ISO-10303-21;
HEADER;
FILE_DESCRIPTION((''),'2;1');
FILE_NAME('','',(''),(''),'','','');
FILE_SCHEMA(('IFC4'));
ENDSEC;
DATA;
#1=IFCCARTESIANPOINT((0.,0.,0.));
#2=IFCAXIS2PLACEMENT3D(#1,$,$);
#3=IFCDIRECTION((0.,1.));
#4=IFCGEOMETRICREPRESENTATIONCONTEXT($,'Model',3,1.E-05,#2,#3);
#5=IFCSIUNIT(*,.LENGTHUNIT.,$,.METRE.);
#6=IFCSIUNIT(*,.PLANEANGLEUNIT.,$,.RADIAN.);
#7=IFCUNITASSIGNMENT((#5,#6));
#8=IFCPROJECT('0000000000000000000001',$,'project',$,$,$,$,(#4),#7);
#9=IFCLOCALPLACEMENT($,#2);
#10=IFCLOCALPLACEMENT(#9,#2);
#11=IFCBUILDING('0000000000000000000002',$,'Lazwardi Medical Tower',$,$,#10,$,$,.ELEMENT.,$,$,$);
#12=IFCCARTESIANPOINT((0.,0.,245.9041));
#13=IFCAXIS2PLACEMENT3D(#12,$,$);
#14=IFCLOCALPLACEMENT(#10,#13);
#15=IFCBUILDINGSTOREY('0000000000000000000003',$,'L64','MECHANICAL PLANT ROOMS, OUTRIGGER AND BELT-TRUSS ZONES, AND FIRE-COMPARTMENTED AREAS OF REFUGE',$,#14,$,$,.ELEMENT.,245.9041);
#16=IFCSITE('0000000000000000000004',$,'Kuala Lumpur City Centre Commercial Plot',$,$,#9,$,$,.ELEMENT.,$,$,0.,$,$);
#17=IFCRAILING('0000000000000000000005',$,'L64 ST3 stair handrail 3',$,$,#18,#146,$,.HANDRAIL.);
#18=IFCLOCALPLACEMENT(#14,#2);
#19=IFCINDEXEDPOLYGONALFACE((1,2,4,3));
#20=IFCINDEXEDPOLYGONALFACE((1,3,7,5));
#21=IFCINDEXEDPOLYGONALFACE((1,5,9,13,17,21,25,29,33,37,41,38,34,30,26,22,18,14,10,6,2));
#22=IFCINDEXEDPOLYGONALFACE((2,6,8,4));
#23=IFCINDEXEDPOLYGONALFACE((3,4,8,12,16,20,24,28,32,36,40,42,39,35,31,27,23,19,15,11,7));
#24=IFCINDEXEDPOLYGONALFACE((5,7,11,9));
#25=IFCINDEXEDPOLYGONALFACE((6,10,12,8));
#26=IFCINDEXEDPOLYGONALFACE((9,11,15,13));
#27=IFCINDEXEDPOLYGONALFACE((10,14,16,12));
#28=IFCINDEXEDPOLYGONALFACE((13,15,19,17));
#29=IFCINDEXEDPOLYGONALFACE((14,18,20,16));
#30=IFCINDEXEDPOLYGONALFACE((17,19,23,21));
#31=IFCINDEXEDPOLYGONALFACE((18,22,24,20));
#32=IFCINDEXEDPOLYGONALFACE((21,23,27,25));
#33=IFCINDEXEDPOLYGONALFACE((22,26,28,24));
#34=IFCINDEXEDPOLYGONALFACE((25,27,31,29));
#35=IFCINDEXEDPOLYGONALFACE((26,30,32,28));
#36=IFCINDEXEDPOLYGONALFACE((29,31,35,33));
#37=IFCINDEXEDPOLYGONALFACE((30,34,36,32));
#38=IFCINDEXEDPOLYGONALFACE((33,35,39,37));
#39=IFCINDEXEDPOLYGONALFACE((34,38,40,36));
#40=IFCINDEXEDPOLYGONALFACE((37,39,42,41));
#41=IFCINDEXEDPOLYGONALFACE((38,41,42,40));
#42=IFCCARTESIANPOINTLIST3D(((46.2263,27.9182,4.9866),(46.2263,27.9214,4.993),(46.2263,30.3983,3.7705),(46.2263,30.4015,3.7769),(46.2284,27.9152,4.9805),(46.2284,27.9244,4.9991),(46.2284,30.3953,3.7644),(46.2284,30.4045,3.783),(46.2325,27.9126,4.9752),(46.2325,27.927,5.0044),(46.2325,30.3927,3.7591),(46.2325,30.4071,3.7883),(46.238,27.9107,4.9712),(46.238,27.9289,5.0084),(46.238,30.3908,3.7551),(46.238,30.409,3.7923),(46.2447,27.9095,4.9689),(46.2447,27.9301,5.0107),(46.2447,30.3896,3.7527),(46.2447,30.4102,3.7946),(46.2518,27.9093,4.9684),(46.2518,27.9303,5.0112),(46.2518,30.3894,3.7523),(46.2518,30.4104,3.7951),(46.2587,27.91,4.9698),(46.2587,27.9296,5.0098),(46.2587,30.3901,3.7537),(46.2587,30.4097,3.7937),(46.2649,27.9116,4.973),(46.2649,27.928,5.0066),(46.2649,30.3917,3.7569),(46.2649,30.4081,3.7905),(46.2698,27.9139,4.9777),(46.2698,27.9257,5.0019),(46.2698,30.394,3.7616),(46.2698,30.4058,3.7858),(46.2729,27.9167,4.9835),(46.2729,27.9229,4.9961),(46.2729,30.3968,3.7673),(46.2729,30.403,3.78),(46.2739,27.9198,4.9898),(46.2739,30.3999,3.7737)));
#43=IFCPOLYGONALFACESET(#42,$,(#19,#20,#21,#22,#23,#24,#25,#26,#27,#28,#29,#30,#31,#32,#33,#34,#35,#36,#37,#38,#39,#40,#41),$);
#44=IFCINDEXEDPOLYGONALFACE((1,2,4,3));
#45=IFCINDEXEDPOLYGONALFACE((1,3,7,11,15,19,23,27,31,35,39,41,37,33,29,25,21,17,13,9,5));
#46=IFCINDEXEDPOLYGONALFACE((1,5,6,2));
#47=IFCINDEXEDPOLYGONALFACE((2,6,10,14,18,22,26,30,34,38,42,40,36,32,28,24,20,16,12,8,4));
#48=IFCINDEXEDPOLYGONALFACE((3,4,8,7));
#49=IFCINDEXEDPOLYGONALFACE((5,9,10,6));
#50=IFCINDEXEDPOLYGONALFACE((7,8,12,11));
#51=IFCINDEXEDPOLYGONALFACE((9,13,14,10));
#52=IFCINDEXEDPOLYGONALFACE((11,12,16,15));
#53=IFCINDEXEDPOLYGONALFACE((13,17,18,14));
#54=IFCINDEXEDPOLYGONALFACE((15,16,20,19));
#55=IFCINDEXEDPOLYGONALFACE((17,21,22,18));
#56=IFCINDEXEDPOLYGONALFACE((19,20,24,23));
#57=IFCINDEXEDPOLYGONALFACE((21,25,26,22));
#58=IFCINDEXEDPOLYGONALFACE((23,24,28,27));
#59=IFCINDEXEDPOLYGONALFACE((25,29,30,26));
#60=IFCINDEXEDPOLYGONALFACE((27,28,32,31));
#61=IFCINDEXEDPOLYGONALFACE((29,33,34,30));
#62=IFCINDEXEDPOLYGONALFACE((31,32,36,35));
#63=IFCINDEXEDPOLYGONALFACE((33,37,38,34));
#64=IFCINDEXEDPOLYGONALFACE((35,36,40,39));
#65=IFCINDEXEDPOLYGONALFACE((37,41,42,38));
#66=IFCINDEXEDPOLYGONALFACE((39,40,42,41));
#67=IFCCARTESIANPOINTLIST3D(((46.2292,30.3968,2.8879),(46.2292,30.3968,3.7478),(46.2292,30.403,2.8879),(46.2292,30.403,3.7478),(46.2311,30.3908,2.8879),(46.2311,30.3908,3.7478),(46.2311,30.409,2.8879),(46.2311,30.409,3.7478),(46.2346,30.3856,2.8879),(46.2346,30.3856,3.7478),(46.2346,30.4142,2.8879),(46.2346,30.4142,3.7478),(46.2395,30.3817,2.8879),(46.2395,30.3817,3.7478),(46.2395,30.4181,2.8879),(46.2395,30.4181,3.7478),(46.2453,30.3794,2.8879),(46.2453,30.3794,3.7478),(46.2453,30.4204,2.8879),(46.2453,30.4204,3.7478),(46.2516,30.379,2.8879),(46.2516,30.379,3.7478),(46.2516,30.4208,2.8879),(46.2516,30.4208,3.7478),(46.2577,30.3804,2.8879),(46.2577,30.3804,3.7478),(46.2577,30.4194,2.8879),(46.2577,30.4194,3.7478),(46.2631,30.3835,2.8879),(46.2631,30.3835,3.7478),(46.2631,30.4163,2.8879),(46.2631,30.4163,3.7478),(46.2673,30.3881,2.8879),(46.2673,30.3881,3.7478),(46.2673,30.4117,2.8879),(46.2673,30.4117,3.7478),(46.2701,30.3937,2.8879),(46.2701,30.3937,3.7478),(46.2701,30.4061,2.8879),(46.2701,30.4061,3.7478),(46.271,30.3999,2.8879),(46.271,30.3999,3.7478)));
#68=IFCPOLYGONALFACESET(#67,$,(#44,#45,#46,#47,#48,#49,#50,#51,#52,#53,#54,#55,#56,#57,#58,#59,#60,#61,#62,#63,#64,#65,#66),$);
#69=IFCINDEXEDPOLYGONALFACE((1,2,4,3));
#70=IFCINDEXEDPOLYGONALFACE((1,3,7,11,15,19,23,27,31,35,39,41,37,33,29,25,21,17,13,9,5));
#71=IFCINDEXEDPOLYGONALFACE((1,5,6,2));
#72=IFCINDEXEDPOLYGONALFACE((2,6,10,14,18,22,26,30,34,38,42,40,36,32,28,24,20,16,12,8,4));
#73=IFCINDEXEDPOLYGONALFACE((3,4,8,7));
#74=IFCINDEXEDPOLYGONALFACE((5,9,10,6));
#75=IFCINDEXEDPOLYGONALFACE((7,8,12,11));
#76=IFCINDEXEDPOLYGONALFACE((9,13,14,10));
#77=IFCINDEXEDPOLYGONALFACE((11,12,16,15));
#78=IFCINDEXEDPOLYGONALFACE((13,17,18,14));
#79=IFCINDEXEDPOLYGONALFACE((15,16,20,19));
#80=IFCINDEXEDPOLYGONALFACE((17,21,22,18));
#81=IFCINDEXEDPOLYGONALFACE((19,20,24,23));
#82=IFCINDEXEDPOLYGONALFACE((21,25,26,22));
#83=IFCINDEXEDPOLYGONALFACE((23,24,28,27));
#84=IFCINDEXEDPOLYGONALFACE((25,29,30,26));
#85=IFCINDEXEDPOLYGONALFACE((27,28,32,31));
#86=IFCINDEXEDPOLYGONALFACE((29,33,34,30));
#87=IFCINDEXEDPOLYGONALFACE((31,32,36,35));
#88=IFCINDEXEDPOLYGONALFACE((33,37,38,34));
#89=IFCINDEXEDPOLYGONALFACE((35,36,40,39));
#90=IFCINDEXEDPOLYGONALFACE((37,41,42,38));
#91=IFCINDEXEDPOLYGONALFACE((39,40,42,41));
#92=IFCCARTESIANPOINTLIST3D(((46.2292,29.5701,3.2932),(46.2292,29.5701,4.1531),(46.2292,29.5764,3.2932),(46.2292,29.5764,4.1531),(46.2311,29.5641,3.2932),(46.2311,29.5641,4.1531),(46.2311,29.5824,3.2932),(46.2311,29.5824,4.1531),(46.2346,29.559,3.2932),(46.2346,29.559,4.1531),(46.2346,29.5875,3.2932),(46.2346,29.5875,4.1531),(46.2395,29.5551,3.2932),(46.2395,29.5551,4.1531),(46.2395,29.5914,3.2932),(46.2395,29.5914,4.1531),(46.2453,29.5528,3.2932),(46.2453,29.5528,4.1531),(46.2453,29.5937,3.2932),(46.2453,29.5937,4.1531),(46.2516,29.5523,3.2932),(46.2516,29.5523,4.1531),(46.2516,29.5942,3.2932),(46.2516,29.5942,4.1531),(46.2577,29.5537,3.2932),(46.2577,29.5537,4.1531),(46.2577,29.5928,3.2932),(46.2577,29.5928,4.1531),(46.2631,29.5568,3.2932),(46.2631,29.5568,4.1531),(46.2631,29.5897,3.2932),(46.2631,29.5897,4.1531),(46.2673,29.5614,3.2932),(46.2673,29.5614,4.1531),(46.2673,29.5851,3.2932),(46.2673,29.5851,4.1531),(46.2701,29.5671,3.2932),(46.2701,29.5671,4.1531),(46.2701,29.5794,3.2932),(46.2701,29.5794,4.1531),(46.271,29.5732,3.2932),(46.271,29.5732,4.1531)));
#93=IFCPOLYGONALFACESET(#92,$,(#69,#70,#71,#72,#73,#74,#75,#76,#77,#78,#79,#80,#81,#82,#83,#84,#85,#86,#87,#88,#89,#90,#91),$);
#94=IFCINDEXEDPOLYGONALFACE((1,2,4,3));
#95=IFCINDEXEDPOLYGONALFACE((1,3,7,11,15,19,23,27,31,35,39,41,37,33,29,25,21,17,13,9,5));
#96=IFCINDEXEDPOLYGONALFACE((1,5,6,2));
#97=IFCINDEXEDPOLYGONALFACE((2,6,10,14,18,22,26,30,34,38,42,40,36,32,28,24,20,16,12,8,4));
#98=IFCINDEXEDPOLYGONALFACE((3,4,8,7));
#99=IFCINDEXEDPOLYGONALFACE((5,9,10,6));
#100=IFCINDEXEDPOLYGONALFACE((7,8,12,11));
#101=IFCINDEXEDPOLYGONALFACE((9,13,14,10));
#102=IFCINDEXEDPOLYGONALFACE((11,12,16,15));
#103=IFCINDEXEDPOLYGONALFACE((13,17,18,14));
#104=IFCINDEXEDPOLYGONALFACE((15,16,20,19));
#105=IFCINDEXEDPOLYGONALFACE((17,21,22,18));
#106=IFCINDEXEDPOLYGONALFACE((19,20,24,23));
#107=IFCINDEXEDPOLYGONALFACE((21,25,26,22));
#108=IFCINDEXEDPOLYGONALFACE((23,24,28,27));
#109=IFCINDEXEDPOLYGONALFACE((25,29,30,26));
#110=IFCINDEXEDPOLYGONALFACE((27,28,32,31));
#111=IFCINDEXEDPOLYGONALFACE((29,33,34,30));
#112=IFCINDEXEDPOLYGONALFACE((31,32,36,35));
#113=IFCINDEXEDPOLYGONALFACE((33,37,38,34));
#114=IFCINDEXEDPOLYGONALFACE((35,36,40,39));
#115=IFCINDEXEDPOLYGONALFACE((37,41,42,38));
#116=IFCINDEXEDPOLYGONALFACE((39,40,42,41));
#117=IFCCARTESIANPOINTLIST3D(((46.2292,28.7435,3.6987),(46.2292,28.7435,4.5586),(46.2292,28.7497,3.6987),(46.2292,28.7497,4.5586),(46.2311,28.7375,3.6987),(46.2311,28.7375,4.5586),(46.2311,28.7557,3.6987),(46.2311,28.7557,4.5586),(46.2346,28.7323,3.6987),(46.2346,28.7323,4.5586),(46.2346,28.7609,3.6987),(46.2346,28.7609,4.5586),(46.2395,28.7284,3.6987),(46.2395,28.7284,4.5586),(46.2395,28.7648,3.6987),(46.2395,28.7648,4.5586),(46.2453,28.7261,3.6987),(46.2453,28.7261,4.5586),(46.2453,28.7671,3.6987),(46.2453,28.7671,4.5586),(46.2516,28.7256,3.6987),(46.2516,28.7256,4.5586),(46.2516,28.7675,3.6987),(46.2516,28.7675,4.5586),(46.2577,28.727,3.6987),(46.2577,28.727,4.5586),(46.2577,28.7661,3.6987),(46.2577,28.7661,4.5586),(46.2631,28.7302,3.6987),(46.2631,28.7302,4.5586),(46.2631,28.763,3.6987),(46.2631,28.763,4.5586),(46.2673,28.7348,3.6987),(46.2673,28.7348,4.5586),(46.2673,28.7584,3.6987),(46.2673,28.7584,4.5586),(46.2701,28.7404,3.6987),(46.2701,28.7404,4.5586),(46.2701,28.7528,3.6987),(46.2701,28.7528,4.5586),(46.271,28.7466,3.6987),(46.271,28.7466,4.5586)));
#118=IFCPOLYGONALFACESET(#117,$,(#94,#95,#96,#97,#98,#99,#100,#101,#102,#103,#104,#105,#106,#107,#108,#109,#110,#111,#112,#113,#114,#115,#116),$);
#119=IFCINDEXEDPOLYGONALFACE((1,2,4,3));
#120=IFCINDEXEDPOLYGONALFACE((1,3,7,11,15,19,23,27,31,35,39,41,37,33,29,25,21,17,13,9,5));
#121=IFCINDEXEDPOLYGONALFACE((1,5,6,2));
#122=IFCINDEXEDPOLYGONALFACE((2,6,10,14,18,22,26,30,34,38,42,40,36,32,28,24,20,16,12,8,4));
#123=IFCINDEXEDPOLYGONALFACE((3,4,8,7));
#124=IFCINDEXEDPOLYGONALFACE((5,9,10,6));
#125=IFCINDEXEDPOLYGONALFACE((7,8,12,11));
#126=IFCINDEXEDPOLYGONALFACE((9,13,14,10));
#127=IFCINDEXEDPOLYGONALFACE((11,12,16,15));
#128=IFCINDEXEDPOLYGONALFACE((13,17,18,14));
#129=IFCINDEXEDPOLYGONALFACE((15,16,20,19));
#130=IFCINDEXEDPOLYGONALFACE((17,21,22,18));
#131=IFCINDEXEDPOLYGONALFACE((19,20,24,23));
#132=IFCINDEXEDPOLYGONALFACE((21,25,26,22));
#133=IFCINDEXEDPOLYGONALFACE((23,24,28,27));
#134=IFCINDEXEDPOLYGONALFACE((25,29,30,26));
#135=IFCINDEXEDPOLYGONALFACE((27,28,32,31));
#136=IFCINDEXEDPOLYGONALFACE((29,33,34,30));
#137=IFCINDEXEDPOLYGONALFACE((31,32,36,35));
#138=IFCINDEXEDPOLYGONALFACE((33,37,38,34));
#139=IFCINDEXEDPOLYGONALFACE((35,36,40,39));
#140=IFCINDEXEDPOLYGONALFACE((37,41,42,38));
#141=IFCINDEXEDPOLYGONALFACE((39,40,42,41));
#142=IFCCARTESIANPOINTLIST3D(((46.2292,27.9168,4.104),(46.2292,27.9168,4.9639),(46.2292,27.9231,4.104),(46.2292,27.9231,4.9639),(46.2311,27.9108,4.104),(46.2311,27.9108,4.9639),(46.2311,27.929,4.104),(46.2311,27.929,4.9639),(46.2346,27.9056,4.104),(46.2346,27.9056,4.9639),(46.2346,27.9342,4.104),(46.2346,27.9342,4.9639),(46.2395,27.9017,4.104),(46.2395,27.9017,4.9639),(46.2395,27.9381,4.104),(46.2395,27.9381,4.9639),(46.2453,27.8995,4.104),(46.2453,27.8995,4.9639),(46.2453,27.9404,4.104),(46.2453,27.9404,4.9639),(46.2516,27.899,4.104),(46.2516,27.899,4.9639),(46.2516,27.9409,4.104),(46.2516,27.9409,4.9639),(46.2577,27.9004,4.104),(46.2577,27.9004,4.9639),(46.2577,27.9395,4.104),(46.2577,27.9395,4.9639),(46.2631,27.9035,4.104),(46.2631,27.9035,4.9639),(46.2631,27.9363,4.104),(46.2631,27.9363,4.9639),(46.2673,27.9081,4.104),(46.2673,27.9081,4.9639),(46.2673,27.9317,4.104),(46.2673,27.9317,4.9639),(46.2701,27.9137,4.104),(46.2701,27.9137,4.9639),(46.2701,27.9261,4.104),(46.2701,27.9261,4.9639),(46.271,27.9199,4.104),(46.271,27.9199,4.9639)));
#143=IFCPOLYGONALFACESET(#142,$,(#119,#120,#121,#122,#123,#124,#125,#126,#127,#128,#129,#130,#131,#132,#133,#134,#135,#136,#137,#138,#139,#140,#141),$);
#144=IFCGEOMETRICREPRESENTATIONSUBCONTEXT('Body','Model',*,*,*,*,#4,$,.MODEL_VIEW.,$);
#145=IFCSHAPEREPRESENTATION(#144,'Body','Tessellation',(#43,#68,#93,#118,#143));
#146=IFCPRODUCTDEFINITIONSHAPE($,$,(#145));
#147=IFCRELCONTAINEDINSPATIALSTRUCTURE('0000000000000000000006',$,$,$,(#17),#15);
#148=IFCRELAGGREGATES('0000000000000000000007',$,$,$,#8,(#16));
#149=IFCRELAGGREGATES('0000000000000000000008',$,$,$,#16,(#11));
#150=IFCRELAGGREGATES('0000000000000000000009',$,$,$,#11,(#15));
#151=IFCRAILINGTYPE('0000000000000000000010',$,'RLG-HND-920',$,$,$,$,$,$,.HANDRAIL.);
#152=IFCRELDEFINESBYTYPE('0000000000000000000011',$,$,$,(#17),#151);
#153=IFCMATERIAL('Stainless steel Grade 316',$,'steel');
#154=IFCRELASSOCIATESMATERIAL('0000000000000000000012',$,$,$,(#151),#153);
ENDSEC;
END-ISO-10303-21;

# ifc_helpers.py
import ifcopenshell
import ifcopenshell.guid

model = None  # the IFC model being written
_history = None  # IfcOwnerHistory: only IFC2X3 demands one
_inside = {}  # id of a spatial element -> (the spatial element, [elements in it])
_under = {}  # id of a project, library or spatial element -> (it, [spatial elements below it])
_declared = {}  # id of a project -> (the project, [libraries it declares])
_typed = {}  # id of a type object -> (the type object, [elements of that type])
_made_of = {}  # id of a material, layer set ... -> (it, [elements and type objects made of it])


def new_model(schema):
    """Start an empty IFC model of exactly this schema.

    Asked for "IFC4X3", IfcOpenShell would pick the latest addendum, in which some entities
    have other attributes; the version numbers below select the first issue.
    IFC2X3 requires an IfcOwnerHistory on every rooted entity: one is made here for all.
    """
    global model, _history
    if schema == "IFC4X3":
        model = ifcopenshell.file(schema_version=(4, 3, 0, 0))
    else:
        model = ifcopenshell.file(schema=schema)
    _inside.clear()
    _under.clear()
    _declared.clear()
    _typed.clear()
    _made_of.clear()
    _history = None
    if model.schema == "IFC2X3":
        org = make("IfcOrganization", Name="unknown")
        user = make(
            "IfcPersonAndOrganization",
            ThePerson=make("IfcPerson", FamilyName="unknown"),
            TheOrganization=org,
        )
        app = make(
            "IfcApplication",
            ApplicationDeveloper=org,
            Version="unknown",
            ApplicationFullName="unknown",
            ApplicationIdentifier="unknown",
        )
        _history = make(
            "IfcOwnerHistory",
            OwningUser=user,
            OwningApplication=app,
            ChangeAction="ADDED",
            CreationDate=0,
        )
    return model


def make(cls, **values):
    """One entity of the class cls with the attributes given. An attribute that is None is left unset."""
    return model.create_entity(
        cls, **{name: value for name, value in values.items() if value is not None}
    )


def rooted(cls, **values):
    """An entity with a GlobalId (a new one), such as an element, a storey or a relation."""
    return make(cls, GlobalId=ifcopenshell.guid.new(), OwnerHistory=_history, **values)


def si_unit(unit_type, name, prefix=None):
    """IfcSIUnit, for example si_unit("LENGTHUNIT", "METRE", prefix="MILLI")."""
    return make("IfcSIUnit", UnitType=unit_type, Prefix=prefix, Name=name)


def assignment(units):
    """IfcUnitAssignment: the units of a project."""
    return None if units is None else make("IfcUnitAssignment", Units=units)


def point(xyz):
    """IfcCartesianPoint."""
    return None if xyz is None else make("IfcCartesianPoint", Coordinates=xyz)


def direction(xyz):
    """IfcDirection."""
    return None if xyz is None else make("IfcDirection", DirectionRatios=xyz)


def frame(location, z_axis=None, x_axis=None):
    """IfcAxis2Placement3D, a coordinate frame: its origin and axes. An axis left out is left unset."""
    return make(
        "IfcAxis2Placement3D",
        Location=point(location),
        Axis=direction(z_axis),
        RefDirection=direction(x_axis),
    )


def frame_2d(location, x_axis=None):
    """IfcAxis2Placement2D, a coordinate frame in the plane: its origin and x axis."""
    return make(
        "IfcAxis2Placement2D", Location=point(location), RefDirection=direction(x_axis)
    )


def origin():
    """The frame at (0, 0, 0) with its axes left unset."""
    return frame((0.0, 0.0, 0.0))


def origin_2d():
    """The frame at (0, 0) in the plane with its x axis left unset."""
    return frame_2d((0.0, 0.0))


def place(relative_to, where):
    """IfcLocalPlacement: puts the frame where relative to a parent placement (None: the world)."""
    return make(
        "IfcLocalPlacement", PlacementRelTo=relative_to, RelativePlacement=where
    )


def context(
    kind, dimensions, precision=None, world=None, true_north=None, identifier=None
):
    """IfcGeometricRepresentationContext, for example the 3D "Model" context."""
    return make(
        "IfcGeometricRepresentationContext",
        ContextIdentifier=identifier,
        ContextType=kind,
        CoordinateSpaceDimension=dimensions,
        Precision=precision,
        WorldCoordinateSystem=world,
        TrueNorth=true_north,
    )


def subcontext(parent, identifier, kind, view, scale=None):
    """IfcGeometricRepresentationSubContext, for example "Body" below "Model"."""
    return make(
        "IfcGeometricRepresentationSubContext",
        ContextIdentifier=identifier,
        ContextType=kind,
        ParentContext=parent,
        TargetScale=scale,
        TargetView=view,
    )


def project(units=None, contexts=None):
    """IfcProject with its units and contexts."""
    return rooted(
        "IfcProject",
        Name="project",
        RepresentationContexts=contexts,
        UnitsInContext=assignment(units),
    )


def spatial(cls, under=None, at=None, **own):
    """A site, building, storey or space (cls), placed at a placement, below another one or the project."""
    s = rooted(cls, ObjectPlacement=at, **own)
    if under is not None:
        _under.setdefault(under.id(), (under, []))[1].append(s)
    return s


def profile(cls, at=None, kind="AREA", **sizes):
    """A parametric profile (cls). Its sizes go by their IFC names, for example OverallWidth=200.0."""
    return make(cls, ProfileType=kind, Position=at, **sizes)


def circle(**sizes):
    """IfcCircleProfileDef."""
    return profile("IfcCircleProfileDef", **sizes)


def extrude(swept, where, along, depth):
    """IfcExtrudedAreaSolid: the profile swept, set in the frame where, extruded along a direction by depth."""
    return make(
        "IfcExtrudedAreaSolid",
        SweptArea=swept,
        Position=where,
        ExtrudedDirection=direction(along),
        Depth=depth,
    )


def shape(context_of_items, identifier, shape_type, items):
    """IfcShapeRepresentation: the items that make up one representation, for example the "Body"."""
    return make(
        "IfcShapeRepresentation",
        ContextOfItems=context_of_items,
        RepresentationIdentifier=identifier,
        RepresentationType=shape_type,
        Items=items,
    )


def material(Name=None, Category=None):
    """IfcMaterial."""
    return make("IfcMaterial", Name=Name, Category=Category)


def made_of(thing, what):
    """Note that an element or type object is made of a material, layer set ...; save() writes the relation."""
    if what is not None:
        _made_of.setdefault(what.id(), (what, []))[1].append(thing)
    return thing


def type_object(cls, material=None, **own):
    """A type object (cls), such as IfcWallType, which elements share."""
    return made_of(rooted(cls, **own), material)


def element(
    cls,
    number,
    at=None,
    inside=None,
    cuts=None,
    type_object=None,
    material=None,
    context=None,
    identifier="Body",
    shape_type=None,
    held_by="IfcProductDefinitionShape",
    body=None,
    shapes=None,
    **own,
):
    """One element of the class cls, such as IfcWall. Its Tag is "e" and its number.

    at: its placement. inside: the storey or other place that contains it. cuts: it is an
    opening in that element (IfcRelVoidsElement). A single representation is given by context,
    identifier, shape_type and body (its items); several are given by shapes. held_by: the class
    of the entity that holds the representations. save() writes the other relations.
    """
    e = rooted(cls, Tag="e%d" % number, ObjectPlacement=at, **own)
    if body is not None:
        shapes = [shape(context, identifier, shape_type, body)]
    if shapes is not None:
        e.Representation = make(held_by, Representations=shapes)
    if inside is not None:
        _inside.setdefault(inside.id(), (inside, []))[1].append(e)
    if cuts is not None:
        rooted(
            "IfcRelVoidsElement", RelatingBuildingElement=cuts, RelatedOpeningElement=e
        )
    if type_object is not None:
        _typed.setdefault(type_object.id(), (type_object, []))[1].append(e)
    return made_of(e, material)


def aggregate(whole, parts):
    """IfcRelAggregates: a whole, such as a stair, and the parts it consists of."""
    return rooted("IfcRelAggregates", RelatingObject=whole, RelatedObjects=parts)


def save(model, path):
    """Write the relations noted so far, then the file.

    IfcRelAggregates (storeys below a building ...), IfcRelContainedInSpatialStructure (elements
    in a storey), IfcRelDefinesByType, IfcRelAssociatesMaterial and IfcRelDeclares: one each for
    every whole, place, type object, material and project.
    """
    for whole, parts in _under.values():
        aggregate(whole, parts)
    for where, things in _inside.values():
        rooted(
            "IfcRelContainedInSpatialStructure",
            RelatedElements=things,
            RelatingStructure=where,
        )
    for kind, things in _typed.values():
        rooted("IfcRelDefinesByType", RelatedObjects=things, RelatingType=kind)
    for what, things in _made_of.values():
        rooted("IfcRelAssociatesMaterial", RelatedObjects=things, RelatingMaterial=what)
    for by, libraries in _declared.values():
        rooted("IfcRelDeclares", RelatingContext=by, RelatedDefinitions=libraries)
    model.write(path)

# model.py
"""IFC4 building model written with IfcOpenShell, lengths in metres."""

from ifc_helpers import new_model, si_unit, direction, frame, origin, origin_2d, place, context, subcontext, project, spatial, circle, extrude, material, type_object, element, save


model = new_model("IFC4")

# Units and contexts
model_context = context("Model", 3, precision=1e-05, world=origin(), true_north=direction((0.0, 1.0)))
body_context = subcontext(model_context, "Body", "Model", "MODEL_VIEW")
ifc_project = project(units=[si_unit("LENGTHUNIT", "METRE"), si_unit("PLANEANGLEUNIT", "RADIAN")], contexts=[model_context])

# Site, building, storey
site_placement = place(None, origin())
site = spatial("IfcSite", under=ifc_project, at=site_placement, Name="Kuala Lumpur City Centre Commercial Plot", CompositionType="ELEMENT", RefElevation=0.0)
building_placement = place(site_placement, origin())
building = spatial("IfcBuilding", under=site, at=building_placement, Name="Lazwardi Medical Tower", CompositionType="ELEMENT")
storey_placement = place(building_placement, frame((0.0, 0.0, 245.9041)))
storey = spatial("IfcBuildingStorey", under=building, at=storey_placement, Name="L64", Description="MECHANICAL PLANT ROOMS, OUTRIGGER AND BELT-TRUSS ZONES, AND FIRE-COMPARTMENTED AREAS OF REFUGE", CompositionType="ELEMENT", Elevation=245.9041)

# Railing
ifc_material_1 = material(Name="Stainless steel Grade 316", Category="steel")
railing_type_1 = type_object("IfcRailingType", Name="RLG-HND-920", PredefinedType="HANDRAIL", material=ifc_material_1)
for number, where, name in (
    (1, (46.25, 30.3999, 2.8879), "L64 ST3 stair handrail 3"),
):
    element("IfcRailing", number, at=place(storey_placement, frame(where)), inside=storey, type_object=railing_type_1, Name=name, PredefinedType="HANDRAIL", context=body_context, shape_type="SweptSolid", body=[
        extrude(circle(Radius=0.0239, at=origin_2d()), frame((0.0, 0.0, 0.8857), z_axis=(0.0, -0.897865, 0.44027), x_axis=(1.0, 0.0, 0.0)), (0.0, 0.0, 1.0), 2.7622),
        extrude(circle(Radius=0.021, at=origin_2d()), origin(), (0.0, 0.0, 1.0), 0.8599),
        extrude(circle(Radius=0.021, at=origin_2d()), frame((0.0, -0.8267, 0.4053)), (0.0, 0.0, 1.0), 0.8599),
        extrude(circle(Radius=0.021, at=origin_2d()), frame((0.0, -1.6533, 0.8108)), (0.0, 0.0, 1.0), 0.8599),
        extrude(circle(Radius=0.021, at=origin_2d()), frame((0.0, -2.48, 1.2161)), (0.0, 0.0, 1.0), 0.8599),
    ])

save(model, "model.ifc")
